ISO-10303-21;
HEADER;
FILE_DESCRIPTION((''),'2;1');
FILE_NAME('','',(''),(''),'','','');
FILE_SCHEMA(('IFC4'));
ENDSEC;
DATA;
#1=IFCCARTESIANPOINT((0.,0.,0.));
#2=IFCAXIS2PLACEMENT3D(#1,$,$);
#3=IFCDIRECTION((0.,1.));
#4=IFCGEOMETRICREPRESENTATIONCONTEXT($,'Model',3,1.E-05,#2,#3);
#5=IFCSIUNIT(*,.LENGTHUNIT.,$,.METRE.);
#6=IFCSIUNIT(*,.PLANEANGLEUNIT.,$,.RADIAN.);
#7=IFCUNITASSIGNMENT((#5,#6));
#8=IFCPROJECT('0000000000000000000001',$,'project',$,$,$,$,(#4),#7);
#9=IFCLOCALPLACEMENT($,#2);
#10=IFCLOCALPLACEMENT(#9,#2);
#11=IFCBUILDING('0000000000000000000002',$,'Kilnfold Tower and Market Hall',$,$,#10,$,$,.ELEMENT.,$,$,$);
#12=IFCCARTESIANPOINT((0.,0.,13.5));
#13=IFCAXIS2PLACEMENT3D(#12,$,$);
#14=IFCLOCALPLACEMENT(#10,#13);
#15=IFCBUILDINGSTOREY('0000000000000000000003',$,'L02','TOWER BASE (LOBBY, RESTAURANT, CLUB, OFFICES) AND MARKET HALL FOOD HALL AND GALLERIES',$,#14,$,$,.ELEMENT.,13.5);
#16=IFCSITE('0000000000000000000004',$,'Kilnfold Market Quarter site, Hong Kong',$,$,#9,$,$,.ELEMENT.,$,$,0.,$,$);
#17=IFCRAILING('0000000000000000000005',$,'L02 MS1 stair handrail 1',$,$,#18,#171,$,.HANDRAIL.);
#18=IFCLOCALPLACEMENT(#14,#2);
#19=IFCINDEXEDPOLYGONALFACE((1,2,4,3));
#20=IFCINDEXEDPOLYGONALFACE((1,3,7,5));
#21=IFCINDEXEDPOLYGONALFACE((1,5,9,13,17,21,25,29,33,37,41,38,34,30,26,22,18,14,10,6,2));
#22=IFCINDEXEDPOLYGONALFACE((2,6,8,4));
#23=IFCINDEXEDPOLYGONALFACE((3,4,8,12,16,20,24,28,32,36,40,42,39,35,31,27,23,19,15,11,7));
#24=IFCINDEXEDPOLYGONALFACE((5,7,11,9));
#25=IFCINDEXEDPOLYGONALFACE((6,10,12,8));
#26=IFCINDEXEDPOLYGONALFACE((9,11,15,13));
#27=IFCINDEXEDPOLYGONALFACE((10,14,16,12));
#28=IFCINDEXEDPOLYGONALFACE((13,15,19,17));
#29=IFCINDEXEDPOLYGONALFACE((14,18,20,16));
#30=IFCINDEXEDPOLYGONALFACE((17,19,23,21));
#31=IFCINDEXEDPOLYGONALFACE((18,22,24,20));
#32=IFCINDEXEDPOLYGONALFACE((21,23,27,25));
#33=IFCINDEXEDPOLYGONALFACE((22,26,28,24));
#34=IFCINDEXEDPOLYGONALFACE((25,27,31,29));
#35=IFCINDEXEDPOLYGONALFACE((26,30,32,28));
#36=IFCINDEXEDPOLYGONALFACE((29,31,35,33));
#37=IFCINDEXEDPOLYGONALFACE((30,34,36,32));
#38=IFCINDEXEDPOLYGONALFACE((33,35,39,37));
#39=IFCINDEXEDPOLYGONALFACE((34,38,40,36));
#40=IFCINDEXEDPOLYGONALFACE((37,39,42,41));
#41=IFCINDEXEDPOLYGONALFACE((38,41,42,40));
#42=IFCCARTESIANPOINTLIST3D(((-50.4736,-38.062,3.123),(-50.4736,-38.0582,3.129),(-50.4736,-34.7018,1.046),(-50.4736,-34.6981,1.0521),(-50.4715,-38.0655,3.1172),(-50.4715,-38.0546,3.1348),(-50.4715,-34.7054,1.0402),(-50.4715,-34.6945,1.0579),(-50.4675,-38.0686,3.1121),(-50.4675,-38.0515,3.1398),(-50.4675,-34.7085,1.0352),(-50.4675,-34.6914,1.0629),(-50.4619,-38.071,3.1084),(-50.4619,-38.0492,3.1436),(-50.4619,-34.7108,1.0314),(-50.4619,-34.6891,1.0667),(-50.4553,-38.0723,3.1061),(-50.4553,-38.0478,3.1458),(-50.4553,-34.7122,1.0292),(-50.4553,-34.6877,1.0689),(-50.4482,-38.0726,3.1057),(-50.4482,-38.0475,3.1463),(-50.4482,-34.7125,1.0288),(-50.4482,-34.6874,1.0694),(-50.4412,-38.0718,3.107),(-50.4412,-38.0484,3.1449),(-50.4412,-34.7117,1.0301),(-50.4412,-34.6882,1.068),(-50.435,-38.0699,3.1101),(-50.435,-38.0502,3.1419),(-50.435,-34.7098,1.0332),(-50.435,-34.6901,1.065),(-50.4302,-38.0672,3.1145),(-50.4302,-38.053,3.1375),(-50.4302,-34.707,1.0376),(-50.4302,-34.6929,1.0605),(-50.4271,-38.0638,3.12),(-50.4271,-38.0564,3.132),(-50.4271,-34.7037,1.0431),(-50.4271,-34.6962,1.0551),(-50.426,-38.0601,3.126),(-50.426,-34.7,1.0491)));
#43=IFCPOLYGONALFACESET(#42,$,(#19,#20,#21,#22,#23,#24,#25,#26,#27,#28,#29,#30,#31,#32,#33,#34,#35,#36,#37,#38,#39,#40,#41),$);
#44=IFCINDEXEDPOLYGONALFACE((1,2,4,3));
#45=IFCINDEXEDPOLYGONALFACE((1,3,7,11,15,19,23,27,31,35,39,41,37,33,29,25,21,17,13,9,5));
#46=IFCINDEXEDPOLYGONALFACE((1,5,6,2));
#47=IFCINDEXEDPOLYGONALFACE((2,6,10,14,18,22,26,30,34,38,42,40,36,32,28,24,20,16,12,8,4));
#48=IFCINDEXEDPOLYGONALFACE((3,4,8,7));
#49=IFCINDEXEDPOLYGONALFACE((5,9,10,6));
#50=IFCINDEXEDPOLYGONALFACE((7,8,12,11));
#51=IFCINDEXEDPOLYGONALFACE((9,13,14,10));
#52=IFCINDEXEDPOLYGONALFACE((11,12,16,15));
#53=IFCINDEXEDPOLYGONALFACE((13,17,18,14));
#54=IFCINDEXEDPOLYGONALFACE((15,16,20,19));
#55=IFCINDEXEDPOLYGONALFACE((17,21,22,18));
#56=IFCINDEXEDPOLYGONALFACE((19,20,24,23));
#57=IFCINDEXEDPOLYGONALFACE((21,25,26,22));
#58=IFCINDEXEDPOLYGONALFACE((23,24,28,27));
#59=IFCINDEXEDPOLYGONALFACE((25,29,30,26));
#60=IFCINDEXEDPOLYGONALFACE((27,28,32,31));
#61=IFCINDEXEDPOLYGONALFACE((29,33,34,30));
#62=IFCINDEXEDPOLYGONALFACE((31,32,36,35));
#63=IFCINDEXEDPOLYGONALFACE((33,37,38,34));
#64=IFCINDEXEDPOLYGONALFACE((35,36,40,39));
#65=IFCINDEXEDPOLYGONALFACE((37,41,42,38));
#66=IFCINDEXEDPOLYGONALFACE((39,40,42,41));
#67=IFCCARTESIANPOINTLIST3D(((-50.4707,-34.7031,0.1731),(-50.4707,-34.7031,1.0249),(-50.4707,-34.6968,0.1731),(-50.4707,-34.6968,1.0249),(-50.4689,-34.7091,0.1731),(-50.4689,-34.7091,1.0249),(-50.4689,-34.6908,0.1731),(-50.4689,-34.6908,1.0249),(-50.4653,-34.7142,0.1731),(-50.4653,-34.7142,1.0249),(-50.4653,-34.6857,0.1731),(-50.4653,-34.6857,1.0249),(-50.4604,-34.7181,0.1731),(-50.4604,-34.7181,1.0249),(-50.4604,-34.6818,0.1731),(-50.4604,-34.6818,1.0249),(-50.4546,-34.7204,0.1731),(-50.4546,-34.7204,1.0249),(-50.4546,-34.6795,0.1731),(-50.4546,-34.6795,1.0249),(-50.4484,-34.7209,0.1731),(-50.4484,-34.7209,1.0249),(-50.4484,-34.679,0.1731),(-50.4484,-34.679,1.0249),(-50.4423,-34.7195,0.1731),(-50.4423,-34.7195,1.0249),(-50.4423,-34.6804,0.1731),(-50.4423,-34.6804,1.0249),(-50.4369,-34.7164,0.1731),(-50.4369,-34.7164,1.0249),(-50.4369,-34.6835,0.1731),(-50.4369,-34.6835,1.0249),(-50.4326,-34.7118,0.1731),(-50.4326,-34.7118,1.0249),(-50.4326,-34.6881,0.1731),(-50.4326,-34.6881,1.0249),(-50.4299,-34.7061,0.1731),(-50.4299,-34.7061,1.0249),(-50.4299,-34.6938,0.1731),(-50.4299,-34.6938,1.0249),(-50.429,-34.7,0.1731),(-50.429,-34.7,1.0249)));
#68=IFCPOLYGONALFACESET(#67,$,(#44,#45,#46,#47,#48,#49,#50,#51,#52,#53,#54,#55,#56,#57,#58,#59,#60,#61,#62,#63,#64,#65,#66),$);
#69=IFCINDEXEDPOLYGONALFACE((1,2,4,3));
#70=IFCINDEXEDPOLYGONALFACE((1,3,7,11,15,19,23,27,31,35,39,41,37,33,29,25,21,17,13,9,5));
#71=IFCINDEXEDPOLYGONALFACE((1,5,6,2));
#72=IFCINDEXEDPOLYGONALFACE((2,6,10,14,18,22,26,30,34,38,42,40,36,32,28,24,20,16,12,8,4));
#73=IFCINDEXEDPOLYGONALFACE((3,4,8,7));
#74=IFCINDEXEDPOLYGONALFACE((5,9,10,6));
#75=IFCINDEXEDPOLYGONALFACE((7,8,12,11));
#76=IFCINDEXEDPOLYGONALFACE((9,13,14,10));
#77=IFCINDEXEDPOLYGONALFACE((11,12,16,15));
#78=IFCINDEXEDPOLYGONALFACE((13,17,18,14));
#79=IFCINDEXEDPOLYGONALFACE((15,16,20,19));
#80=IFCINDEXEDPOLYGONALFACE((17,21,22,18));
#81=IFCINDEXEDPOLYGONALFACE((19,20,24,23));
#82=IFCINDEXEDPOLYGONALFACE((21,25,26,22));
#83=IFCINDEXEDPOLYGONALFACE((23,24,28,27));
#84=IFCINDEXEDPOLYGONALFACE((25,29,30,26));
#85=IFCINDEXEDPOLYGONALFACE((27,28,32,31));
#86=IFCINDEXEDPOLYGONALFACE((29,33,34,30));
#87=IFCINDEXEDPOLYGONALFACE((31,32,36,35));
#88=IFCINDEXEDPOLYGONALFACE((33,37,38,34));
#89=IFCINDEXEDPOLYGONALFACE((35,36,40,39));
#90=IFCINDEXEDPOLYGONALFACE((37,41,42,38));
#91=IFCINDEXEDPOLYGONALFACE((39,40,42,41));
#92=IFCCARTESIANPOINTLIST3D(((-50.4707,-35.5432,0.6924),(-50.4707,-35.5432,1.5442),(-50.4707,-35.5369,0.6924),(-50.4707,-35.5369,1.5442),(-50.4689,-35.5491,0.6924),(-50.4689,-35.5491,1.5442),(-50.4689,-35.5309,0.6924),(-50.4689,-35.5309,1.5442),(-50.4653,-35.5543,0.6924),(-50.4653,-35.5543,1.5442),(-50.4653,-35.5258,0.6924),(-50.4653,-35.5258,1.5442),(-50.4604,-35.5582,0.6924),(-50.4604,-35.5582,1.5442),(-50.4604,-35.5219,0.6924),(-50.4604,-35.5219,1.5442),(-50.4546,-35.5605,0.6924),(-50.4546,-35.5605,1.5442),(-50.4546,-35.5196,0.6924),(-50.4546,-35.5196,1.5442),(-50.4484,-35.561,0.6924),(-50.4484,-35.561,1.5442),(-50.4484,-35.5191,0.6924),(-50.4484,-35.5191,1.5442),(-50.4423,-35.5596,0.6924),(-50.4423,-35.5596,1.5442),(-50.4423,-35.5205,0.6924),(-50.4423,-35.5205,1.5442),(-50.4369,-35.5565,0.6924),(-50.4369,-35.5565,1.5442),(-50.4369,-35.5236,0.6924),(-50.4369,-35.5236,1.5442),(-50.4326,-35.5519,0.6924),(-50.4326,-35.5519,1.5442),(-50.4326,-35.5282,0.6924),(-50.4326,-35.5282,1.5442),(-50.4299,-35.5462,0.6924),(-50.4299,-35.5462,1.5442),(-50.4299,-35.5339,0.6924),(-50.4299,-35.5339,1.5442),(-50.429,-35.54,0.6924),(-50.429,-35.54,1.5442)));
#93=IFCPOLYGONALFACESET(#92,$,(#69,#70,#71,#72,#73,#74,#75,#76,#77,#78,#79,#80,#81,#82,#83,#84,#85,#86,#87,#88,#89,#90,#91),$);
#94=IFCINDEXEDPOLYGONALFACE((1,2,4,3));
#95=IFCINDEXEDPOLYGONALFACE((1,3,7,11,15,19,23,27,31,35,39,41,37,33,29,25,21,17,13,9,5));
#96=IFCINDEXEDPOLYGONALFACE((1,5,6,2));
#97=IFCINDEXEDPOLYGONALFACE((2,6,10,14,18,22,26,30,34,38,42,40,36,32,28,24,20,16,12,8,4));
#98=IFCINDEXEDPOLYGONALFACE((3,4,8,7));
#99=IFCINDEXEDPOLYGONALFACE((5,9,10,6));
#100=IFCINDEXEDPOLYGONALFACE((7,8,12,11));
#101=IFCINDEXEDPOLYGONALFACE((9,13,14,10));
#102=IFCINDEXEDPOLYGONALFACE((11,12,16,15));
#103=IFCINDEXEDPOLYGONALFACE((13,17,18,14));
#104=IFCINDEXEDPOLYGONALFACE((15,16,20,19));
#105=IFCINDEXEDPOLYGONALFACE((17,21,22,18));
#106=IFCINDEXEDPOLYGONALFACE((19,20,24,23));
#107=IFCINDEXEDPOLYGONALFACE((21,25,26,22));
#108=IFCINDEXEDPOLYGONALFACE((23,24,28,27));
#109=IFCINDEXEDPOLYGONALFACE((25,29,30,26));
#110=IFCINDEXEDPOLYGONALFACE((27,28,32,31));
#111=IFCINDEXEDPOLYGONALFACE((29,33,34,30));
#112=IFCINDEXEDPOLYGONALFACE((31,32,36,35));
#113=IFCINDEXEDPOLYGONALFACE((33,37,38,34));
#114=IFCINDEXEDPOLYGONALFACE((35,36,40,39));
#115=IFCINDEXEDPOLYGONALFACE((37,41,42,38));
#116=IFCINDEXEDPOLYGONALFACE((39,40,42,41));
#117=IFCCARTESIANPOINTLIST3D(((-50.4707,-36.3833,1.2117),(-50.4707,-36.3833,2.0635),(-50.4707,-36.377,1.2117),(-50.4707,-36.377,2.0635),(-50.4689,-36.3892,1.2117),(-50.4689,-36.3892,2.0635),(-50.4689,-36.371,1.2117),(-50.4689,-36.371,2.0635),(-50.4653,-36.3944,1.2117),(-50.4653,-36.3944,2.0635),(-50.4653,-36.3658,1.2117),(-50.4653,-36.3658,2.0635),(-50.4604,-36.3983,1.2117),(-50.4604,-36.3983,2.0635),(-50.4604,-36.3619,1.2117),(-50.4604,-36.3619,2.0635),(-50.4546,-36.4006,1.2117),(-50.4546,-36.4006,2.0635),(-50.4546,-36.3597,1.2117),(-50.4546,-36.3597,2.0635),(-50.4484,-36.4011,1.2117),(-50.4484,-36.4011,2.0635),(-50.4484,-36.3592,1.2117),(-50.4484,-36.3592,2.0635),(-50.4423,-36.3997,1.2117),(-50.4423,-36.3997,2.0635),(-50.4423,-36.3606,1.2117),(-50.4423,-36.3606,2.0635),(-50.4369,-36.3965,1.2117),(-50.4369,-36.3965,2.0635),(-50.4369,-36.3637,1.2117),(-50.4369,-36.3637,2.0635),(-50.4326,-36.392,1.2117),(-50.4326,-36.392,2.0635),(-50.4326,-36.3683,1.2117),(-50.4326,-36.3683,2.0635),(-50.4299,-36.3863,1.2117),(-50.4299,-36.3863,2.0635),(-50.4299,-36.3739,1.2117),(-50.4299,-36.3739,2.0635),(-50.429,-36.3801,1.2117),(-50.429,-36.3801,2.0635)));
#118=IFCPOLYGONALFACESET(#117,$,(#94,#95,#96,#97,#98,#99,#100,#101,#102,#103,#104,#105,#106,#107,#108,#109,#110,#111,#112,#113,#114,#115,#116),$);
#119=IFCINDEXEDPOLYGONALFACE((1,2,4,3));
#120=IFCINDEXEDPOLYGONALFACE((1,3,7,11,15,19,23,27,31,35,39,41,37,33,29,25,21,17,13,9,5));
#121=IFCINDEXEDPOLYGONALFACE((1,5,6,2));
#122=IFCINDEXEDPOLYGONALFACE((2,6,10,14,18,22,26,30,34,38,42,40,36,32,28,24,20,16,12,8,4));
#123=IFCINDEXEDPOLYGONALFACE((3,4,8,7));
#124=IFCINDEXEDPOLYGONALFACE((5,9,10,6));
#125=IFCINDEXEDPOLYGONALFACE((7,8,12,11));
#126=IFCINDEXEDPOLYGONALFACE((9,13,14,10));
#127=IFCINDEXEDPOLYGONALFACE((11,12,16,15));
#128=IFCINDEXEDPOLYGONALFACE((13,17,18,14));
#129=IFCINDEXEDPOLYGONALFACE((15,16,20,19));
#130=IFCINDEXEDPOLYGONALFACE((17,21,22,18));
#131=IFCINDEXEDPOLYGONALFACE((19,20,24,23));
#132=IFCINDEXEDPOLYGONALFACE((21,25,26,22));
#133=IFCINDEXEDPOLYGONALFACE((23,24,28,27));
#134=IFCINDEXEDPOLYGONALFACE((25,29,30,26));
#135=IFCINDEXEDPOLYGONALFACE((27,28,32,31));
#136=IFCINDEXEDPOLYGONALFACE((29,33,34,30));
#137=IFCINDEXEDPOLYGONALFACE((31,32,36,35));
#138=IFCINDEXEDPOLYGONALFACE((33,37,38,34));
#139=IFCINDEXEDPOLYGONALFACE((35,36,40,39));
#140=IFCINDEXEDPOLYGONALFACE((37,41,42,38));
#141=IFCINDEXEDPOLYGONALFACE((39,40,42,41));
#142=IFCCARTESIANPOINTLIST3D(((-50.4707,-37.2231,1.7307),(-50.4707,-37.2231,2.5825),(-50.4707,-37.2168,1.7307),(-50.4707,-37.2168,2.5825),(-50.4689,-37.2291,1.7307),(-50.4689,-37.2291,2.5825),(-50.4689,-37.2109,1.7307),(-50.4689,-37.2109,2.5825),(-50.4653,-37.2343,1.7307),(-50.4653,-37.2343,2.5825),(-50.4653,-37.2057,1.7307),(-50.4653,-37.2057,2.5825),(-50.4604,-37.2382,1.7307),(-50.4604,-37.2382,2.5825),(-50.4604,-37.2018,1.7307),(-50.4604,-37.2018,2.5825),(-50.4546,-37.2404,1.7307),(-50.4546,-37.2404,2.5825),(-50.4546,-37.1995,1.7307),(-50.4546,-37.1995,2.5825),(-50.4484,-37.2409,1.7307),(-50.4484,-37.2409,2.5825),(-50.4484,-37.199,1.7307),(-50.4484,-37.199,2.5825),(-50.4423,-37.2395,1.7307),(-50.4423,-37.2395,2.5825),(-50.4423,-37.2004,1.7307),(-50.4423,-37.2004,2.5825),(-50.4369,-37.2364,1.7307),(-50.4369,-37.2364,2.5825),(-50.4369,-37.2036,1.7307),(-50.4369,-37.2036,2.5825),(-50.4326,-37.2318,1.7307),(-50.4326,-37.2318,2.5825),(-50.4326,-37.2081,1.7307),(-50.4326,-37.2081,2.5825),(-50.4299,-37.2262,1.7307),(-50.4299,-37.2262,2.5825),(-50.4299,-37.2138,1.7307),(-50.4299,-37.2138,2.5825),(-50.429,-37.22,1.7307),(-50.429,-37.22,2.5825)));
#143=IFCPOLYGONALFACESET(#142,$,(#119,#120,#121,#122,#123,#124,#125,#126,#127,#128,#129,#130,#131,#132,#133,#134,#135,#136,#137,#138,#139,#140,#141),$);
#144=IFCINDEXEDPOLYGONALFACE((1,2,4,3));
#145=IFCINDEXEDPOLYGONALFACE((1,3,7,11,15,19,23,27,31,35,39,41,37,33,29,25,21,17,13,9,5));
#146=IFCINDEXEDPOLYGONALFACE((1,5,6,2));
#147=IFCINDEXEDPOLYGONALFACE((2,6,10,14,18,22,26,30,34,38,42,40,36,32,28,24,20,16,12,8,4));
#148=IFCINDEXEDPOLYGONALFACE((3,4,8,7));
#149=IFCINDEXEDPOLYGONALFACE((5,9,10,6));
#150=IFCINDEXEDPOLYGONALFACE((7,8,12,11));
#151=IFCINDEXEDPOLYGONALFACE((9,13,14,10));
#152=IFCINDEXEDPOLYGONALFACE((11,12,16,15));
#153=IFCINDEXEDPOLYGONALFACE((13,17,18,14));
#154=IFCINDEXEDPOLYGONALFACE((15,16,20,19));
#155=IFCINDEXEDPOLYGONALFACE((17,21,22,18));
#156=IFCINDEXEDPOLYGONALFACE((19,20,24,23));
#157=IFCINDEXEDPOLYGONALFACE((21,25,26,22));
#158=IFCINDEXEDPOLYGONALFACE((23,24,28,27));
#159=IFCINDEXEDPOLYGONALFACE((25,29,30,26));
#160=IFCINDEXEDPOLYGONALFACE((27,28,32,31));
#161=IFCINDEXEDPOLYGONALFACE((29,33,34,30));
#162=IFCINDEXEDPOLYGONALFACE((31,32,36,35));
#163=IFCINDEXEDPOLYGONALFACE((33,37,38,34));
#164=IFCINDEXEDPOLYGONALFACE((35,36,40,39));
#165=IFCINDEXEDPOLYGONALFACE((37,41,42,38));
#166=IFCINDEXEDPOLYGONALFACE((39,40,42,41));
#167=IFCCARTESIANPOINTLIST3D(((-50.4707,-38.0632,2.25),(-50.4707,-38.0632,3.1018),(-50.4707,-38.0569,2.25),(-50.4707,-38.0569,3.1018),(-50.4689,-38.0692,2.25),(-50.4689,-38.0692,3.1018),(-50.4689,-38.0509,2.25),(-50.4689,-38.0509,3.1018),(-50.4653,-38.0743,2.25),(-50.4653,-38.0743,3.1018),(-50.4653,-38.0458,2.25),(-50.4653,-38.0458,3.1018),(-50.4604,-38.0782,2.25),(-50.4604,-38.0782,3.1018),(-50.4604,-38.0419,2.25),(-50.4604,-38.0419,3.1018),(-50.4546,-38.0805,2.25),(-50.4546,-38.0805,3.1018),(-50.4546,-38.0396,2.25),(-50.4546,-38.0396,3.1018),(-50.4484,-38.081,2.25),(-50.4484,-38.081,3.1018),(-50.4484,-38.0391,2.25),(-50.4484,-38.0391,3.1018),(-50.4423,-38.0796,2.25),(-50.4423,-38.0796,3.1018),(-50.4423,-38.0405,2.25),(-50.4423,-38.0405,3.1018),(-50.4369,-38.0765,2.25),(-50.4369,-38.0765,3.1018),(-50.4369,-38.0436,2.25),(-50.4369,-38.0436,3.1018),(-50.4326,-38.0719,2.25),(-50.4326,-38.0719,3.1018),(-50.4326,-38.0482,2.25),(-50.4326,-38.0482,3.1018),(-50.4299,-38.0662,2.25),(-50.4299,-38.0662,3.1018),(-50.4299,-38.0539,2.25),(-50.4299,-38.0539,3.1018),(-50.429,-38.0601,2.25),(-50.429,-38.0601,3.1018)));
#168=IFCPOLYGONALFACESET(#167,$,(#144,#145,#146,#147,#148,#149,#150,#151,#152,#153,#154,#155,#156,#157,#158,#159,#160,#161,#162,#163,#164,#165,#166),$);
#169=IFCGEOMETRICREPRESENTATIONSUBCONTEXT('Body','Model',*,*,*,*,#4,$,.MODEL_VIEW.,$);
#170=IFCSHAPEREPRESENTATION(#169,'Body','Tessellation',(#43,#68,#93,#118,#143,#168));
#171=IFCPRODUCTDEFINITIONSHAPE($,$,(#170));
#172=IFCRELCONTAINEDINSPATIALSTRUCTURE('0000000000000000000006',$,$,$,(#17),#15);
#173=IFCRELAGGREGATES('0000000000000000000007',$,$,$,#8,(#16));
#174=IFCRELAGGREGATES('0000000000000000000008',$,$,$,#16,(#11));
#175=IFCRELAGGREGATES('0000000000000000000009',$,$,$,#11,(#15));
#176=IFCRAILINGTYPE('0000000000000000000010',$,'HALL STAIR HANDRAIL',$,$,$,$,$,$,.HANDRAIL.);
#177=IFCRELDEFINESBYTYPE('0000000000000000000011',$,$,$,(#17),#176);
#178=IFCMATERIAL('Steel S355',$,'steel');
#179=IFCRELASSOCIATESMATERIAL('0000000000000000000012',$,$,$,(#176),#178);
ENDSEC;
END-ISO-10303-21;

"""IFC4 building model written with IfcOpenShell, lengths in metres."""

from ifc_helpers import new_model, si_unit, direction, frame, origin, origin_2d, place, context, subcontext, project, spatial, circle, extrude, material, type_object, element, save


model = new_model("IFC4")

# Units and contexts
model_context = context("Model", 3, precision=1e-05, world=origin(), true_north=direction((0.0, 1.0)))
body_context = subcontext(model_context, "Body", "Model", "MODEL_VIEW")
ifc_project = project(units=[si_unit("LENGTHUNIT", "METRE"), si_unit("PLANEANGLEUNIT", "RADIAN")], contexts=[model_context])

# Site, building, storey
site_placement = place(None, origin())
site = spatial("IfcSite", under=ifc_project, at=site_placement, Name="Kilnfold Market Quarter site, Hong Kong", CompositionType="ELEMENT", RefElevation=0.0)
building_placement = place(site_placement, origin())
building = spatial("IfcBuilding", under=site, at=building_placement, Name="Kilnfold Tower and Market Hall", CompositionType="ELEMENT")
storey_placement = place(building_placement, frame((0.0, 0.0, 13.5)))
storey = spatial("IfcBuildingStorey", under=building, at=storey_placement, Name="L02", Description="TOWER BASE (LOBBY, RESTAURANT, CLUB, OFFICES) AND MARKET HALL FOOD HALL AND GALLERIES", CompositionType="ELEMENT", Elevation=13.5)

# Railing
ifc_material_1 = material(Name="Steel S355", Category="steel")
railing_type_1 = type_object("IfcRailingType", Name="HALL STAIR HANDRAIL", PredefinedType="HANDRAIL", material=ifc_material_1)
railing_1_placement = place(storey_placement, frame((-50.45, -34.7, 0.1731)))
element("IfcRailing", 1, at=railing_1_placement, inside=storey, type_object=railing_type_1, Name="L02 MS1 stair handrail 1", PredefinedType="HANDRAIL", context=body_context, shape_type="SweptSolid", body=[
    extrude(circle(Radius=0.0239, at=origin_2d()), frame((0.0, 0.0, 0.876), z_axis=(0.0, -0.850623, 0.525776), x_axis=(1.0, 0.0, 0.0)), (0.0, 0.0, 1.0), 3.9502),
    extrude(circle(Radius=0.021, at=origin_2d()), origin(), (0.0, 0.0, 1.0), 0.8518),
    extrude(circle(Radius=0.021, at=origin_2d()), frame((0.0, -0.8401, 0.5193)), (0.0, 0.0, 1.0), 0.8518),
    extrude(circle(Radius=0.021, at=origin_2d()), frame((0.0, -1.6802, 1.0386)), (0.0, 0.0, 1.0), 0.8518),
    extrude(circle(Radius=0.021, at=origin_2d()), frame((0.0, -2.52, 1.5576)), (0.0, 0.0, 1.0), 0.8518),
    extrude(circle(Radius=0.021, at=origin_2d()), frame((0.0, -3.3601, 2.0769)), (0.0, 0.0, 1.0), 0.8518),
])

save(model, "model.ifc")
